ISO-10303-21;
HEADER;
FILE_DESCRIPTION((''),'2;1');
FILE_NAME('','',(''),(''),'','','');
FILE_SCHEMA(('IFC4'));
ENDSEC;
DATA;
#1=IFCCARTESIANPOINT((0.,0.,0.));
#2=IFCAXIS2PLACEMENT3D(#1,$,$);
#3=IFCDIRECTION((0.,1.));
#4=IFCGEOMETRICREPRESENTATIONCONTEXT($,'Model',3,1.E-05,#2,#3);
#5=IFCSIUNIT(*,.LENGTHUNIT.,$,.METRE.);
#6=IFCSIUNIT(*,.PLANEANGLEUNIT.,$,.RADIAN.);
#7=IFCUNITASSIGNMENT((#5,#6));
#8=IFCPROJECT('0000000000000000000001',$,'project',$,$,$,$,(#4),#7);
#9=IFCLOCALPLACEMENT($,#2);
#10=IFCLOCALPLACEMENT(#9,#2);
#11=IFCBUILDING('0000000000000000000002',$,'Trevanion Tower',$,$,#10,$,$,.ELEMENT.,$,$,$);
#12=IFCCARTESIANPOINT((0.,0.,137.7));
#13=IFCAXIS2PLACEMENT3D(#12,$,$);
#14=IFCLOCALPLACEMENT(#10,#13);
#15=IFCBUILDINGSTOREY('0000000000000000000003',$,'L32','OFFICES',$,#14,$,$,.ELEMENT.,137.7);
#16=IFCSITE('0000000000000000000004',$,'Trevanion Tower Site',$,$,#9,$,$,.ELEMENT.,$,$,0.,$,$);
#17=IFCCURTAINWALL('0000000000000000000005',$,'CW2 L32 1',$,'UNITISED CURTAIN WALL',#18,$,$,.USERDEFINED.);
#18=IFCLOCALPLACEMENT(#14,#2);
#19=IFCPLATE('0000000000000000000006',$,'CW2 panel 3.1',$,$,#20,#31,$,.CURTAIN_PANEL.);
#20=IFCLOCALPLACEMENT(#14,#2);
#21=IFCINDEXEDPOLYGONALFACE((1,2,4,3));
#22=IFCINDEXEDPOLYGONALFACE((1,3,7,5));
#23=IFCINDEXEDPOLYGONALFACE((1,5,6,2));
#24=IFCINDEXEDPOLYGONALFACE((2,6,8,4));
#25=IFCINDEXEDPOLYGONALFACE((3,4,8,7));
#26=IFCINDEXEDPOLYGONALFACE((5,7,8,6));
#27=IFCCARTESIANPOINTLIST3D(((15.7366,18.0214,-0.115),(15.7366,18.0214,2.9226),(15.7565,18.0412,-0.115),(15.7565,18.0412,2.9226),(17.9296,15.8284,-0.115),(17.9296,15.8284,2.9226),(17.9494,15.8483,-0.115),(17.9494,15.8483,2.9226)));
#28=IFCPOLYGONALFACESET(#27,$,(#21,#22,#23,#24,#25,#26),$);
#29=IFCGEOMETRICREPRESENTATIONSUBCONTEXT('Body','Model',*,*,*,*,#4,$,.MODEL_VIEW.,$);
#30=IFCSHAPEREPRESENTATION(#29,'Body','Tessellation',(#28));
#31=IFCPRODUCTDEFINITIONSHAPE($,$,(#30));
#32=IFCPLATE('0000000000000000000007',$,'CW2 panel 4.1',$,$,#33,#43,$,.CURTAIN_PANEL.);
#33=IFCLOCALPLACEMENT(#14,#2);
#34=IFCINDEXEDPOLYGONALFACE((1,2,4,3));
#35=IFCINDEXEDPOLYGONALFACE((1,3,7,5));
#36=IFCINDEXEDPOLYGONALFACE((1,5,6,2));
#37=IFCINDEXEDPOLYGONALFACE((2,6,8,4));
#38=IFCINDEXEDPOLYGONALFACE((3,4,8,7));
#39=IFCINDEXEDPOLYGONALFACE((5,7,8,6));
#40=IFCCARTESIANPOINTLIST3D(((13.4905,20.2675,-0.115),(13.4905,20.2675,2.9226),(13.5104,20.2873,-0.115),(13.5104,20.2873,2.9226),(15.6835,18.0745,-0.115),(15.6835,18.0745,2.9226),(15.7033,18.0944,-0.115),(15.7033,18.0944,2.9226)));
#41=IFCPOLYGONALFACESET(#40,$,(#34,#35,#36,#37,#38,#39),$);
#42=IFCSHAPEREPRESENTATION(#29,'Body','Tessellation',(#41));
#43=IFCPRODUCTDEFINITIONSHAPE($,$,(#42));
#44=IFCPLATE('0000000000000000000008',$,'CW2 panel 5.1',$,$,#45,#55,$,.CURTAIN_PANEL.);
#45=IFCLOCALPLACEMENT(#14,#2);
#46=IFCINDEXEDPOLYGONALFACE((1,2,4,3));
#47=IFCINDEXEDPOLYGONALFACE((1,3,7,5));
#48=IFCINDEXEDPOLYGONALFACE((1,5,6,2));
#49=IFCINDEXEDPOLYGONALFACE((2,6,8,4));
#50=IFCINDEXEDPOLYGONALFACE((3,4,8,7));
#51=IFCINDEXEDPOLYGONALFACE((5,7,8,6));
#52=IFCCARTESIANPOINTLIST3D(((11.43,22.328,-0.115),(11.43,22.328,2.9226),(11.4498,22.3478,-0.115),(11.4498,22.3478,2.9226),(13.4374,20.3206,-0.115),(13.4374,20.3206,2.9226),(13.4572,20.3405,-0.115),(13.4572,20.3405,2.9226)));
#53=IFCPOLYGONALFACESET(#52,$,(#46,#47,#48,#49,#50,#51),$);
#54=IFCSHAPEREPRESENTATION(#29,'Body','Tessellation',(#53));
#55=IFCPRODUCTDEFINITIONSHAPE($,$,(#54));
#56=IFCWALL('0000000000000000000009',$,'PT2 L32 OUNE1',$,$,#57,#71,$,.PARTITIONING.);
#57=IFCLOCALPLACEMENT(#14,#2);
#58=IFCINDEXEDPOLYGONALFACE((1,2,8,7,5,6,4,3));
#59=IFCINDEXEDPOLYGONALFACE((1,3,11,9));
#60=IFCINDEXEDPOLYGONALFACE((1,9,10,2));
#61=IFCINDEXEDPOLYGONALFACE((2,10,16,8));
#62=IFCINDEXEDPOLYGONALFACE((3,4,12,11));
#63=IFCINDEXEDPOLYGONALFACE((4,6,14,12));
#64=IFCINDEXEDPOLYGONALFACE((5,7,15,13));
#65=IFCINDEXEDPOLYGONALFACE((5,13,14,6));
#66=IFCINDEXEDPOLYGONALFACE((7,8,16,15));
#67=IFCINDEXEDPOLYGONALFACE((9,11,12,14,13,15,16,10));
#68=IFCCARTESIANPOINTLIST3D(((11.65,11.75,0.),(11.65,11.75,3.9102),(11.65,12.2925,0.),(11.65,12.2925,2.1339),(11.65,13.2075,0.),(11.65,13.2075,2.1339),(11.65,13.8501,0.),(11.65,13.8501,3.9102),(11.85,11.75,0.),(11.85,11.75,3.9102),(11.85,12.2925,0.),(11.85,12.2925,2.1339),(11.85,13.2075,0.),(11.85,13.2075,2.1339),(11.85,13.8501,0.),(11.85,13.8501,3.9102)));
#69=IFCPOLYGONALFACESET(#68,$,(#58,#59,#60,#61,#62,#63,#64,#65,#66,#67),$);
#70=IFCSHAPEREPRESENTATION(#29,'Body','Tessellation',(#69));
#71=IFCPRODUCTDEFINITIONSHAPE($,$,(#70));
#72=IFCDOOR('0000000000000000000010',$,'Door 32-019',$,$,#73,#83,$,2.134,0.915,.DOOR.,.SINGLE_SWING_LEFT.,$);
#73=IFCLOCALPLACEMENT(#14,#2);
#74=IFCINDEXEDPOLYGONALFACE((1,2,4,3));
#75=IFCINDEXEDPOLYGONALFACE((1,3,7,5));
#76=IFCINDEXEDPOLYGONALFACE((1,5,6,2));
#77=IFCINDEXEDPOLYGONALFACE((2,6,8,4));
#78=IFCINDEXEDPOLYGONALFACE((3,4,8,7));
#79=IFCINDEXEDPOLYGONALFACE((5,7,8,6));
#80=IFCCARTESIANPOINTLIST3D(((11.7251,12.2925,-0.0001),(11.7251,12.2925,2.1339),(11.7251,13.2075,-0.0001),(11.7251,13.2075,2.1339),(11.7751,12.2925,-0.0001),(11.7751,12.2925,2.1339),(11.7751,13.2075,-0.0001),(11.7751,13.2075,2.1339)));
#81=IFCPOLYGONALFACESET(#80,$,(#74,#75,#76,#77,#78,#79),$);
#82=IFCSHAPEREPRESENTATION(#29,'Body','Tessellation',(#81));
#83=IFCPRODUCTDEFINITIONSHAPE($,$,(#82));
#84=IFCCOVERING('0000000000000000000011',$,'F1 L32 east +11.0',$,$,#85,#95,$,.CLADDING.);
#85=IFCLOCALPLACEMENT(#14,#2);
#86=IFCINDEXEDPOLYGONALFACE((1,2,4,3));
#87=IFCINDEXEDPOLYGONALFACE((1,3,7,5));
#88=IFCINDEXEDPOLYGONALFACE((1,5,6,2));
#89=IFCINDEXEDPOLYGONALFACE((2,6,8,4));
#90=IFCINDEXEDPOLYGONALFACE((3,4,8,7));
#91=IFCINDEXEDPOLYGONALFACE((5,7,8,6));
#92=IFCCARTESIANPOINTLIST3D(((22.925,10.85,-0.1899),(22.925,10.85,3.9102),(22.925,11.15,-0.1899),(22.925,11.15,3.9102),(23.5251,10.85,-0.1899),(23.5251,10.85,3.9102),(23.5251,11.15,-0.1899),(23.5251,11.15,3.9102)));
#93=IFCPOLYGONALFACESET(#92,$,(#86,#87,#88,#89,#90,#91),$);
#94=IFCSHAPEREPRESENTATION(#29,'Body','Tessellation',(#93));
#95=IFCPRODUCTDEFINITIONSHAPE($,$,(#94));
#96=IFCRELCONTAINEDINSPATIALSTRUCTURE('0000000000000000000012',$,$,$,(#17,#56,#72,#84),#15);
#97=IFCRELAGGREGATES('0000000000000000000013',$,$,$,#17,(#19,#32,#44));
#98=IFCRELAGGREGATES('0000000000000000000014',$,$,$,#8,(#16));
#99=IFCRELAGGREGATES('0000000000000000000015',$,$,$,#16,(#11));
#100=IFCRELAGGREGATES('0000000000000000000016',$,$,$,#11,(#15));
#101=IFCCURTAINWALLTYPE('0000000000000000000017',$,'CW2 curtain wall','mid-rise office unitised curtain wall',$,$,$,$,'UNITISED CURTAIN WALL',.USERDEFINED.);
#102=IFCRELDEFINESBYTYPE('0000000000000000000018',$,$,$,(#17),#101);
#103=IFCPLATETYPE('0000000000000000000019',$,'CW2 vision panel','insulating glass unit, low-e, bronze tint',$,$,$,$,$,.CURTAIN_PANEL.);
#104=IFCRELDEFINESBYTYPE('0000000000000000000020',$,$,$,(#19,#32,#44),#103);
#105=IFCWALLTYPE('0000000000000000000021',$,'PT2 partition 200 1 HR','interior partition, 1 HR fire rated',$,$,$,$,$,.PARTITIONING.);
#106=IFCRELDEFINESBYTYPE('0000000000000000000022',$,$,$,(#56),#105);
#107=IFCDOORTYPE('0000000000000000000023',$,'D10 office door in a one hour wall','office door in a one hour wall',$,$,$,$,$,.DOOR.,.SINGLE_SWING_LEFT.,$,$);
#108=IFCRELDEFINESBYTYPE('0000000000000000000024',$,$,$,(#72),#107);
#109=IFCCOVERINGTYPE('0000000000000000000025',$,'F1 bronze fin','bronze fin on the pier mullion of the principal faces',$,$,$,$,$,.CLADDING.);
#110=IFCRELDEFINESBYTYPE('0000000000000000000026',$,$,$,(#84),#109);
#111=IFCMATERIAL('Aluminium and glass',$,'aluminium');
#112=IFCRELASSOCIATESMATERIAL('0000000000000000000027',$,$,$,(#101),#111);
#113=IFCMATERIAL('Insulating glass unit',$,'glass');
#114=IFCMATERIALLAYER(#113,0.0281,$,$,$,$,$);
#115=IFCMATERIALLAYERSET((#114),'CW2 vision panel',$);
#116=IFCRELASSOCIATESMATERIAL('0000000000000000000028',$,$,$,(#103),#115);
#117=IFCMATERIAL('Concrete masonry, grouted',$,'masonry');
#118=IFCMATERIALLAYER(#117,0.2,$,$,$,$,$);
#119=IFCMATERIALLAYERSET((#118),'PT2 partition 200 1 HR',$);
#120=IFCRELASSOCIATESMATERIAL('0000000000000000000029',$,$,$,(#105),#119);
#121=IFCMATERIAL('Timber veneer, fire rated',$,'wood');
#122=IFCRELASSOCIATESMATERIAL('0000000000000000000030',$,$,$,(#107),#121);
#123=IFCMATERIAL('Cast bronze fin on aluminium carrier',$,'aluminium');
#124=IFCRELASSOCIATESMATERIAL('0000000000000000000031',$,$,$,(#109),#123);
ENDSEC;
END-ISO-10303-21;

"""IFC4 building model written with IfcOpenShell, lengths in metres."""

from ifc_helpers import new_model, si_unit, direction, frame, frame_2d, origin, origin_2d, place, context, subcontext, project, spatial, rectangle, extrude, material, layer, layer_set, type_object, element, fill, aggregate, save


model = new_model("IFC4")

# Units and contexts
model_context = context("Model", 3, precision=1e-05, world=origin(), true_north=direction((0.0, 1.0)))
body_context = subcontext(model_context, "Body", "Model", "MODEL_VIEW")
ifc_project = project(units=[si_unit("LENGTHUNIT", "METRE"), si_unit("PLANEANGLEUNIT", "RADIAN")], contexts=[model_context])

# Site, building, storey
site_placement = place(None, origin())
site = spatial("IfcSite", under=ifc_project, at=site_placement, Name="Trevanion Tower Site", CompositionType="ELEMENT", RefElevation=0.0)
building_placement = place(site_placement, origin())
building = spatial("IfcBuilding", under=site, at=building_placement, Name="Trevanion Tower", CompositionType="ELEMENT")
storey_placement = place(building_placement, frame((0.0, 0.0, 137.7)))
storey = spatial("IfcBuildingStorey", under=building, at=storey_placement, Name="L32", Description="OFFICES", CompositionType="ELEMENT", Elevation=137.7)

# Curtain wall
ifc_material_1 = material(Name="Aluminium and glass", Category="aluminium")
curtain_wall_type = type_object("IfcCurtainWallType", Name="CW2 curtain wall", Description="mid-rise office unitised curtain wall", ElementType="UNITISED CURTAIN WALL", PredefinedType="USERDEFINED", material=ifc_material_1)
curtain_wall_1_placement = place(storey_placement, origin())
curtain_wall_1 = element("IfcCurtainWall", 1, at=curtain_wall_1_placement, inside=storey, type_object=curtain_wall_type, Name="CW2 L32 1", ObjectType="UNITISED CURTAIN WALL", PredefinedType="USERDEFINED")

# Plates
ifc_material_2 = material(Name="Insulating glass unit", Category="glass")
ifc_layer_1 = layer(ifc_material_2, 0.0281)
ifc_layer_set_1 = layer_set([ifc_layer_1], Name="CW2 vision panel")
plate_type_1 = type_object("IfcPlateType", Name="CW2 vision panel", Description="insulating glass unit, low-e, bronze tint", PredefinedType="CURTAIN_PANEL", material=ifc_layer_set_1)
plate_1_placement = place(storey_placement, frame((16.843, 16.9348, -0.115), z_axis=(0.0, 0.0, 1.0), x_axis=(-0.707107, 0.707107, 0.0)))
plate_1 = element("IfcPlate", 2, at=plate_1_placement, type_object=plate_type_1, Name="CW2 panel 3.1", PredefinedType="CURTAIN_PANEL", context=body_context, shape_type="SweptSolid", body=[
    extrude(rectangle(XDim=3.1013, YDim=0.0281, at=origin_2d()), origin(), (0.0, 0.0, 1.0), 3.0376),
])
plate_2_placement = place(storey_placement, frame((14.5969, 19.1809, -0.115), z_axis=(0.0, 0.0, 1.0), x_axis=(-0.707107, 0.707107, 0.0)))
plate_2 = element("IfcPlate", 3, at=plate_2_placement, type_object=plate_type_1, Name="CW2 panel 4.1", PredefinedType="CURTAIN_PANEL", context=body_context, shape_type="SweptSolid", body=[
    extrude(rectangle(XDim=3.1013, YDim=0.0281, at=origin_2d()), origin(), (0.0, 0.0, 1.0), 3.0376),
])
plate_3_placement = place(storey_placement, frame((12.4436, 21.3342, -0.115), z_axis=(0.0, 0.0, 1.0), x_axis=(-0.707107, 0.707107, 0.0)))
plate_3 = element("IfcPlate", 4, at=plate_3_placement, type_object=plate_type_1, Name="CW2 panel 5.1", PredefinedType="CURTAIN_PANEL", context=body_context, shape_type="SweptSolid", body=[
    extrude(rectangle(XDim=2.8389, YDim=0.0281, at=origin_2d()), origin(), (0.0, 0.0, 1.0), 3.0376),
])
aggregate(curtain_wall_1, [plate_1, plate_2, plate_3])

# Wall, opening, door
ifc_material_3 = material(Name="Concrete masonry, grouted", Category="masonry")
ifc_layer_2 = layer(ifc_material_3, 0.2)
ifc_layer_set_2 = layer_set([ifc_layer_2], Name="PT2 partition 200 1 HR")
wall_type = type_object("IfcWallType", Name="PT2 partition 200 1 HR", Description="interior partition, 1 HR fire rated", PredefinedType="PARTITIONING", material=ifc_layer_set_2)
wall_placement = place(storey_placement, frame((11.75, 11.75, 0.0), z_axis=(0.0, 0.0, 1.0), x_axis=(0.0, 1.0, 0.0)))
wall = element("IfcWall", 5, at=wall_placement, inside=storey, type_object=wall_type, Name="PT2 L32 OUNE1", PredefinedType="PARTITIONING", context=body_context, shape_type="SweptSolid", body=[
    extrude(rectangle(XDim=2.1001, YDim=0.2, at=frame_2d((1.05, 0.0))), origin(), (0.0, 0.0, 1.0), 3.9102),
])
opening_placement = place(wall_placement, frame((0.5425, 0.0, 0.0)))
opening = element("IfcOpeningElement", 6, at=opening_placement, cuts=wall, PredefinedType="OPENING", context=body_context, shape_type="SweptSolid", body=[
    extrude(rectangle(XDim=0.915, YDim=2.134, at=frame_2d((0.4575, 1.0669))), frame((0.0, 0.1099, 0.0), z_axis=(0.0, -1.0, 0.0), x_axis=(1.0, 0.0, 0.0)), (0.0, 0.0, 1.0), 0.22),
])
ifc_material_4 = material(Name="Timber veneer, fire rated", Category="wood")
door_type = type_object("IfcDoorType", Name="D10 office door in a one hour wall", Description="office door in a one hour wall", OperationType="SINGLE_SWING_LEFT", PredefinedType="DOOR", material=ifc_material_4)
door_placement = place(opening_placement, origin())
door = element("IfcDoor", 7, at=door_placement, inside=storey, type_object=door_type, Name="Door 32-019", OperationType="SINGLE_SWING_LEFT", OverallHeight=2.134, OverallWidth=0.915, PredefinedType="DOOR", context=body_context, shape_type="SweptSolid", body=[
    extrude(rectangle(XDim=0.915, YDim=2.134, at=frame_2d((0.4575, 1.0669))), frame((0.0, 0.0249, 0.0), z_axis=(0.0, -1.0, 0.0), x_axis=(1.0, 0.0, 0.0)), (0.0, 0.0, 1.0), 0.05),
])
fill(opening, door)

# Covering
ifc_material_5 = material(Name="Cast bronze fin on aluminium carrier", Category="aluminium")
covering_type = type_object("IfcCoveringType", Name="F1 bronze fin", Description="bronze fin on the pier mullion of the principal faces", PredefinedType="CLADDING", material=ifc_material_5)
covering_placement = place(storey_placement, frame((23.2251, 11.0, -0.1899), z_axis=(0.0, 0.0, 1.0), x_axis=(0.0, 1.0, 0.0)))
element("IfcCovering", 8, at=covering_placement, inside=storey, type_object=covering_type, Name="F1 L32 east +11.0", PredefinedType="CLADDING", context=body_context, shape_type="SweptSolid", body=[
    extrude(rectangle(XDim=0.3, YDim=0.6001, at=origin_2d()), origin(), (0.0, 0.0, 1.0), 4.1001),
])

save(model, "model.ifc")
